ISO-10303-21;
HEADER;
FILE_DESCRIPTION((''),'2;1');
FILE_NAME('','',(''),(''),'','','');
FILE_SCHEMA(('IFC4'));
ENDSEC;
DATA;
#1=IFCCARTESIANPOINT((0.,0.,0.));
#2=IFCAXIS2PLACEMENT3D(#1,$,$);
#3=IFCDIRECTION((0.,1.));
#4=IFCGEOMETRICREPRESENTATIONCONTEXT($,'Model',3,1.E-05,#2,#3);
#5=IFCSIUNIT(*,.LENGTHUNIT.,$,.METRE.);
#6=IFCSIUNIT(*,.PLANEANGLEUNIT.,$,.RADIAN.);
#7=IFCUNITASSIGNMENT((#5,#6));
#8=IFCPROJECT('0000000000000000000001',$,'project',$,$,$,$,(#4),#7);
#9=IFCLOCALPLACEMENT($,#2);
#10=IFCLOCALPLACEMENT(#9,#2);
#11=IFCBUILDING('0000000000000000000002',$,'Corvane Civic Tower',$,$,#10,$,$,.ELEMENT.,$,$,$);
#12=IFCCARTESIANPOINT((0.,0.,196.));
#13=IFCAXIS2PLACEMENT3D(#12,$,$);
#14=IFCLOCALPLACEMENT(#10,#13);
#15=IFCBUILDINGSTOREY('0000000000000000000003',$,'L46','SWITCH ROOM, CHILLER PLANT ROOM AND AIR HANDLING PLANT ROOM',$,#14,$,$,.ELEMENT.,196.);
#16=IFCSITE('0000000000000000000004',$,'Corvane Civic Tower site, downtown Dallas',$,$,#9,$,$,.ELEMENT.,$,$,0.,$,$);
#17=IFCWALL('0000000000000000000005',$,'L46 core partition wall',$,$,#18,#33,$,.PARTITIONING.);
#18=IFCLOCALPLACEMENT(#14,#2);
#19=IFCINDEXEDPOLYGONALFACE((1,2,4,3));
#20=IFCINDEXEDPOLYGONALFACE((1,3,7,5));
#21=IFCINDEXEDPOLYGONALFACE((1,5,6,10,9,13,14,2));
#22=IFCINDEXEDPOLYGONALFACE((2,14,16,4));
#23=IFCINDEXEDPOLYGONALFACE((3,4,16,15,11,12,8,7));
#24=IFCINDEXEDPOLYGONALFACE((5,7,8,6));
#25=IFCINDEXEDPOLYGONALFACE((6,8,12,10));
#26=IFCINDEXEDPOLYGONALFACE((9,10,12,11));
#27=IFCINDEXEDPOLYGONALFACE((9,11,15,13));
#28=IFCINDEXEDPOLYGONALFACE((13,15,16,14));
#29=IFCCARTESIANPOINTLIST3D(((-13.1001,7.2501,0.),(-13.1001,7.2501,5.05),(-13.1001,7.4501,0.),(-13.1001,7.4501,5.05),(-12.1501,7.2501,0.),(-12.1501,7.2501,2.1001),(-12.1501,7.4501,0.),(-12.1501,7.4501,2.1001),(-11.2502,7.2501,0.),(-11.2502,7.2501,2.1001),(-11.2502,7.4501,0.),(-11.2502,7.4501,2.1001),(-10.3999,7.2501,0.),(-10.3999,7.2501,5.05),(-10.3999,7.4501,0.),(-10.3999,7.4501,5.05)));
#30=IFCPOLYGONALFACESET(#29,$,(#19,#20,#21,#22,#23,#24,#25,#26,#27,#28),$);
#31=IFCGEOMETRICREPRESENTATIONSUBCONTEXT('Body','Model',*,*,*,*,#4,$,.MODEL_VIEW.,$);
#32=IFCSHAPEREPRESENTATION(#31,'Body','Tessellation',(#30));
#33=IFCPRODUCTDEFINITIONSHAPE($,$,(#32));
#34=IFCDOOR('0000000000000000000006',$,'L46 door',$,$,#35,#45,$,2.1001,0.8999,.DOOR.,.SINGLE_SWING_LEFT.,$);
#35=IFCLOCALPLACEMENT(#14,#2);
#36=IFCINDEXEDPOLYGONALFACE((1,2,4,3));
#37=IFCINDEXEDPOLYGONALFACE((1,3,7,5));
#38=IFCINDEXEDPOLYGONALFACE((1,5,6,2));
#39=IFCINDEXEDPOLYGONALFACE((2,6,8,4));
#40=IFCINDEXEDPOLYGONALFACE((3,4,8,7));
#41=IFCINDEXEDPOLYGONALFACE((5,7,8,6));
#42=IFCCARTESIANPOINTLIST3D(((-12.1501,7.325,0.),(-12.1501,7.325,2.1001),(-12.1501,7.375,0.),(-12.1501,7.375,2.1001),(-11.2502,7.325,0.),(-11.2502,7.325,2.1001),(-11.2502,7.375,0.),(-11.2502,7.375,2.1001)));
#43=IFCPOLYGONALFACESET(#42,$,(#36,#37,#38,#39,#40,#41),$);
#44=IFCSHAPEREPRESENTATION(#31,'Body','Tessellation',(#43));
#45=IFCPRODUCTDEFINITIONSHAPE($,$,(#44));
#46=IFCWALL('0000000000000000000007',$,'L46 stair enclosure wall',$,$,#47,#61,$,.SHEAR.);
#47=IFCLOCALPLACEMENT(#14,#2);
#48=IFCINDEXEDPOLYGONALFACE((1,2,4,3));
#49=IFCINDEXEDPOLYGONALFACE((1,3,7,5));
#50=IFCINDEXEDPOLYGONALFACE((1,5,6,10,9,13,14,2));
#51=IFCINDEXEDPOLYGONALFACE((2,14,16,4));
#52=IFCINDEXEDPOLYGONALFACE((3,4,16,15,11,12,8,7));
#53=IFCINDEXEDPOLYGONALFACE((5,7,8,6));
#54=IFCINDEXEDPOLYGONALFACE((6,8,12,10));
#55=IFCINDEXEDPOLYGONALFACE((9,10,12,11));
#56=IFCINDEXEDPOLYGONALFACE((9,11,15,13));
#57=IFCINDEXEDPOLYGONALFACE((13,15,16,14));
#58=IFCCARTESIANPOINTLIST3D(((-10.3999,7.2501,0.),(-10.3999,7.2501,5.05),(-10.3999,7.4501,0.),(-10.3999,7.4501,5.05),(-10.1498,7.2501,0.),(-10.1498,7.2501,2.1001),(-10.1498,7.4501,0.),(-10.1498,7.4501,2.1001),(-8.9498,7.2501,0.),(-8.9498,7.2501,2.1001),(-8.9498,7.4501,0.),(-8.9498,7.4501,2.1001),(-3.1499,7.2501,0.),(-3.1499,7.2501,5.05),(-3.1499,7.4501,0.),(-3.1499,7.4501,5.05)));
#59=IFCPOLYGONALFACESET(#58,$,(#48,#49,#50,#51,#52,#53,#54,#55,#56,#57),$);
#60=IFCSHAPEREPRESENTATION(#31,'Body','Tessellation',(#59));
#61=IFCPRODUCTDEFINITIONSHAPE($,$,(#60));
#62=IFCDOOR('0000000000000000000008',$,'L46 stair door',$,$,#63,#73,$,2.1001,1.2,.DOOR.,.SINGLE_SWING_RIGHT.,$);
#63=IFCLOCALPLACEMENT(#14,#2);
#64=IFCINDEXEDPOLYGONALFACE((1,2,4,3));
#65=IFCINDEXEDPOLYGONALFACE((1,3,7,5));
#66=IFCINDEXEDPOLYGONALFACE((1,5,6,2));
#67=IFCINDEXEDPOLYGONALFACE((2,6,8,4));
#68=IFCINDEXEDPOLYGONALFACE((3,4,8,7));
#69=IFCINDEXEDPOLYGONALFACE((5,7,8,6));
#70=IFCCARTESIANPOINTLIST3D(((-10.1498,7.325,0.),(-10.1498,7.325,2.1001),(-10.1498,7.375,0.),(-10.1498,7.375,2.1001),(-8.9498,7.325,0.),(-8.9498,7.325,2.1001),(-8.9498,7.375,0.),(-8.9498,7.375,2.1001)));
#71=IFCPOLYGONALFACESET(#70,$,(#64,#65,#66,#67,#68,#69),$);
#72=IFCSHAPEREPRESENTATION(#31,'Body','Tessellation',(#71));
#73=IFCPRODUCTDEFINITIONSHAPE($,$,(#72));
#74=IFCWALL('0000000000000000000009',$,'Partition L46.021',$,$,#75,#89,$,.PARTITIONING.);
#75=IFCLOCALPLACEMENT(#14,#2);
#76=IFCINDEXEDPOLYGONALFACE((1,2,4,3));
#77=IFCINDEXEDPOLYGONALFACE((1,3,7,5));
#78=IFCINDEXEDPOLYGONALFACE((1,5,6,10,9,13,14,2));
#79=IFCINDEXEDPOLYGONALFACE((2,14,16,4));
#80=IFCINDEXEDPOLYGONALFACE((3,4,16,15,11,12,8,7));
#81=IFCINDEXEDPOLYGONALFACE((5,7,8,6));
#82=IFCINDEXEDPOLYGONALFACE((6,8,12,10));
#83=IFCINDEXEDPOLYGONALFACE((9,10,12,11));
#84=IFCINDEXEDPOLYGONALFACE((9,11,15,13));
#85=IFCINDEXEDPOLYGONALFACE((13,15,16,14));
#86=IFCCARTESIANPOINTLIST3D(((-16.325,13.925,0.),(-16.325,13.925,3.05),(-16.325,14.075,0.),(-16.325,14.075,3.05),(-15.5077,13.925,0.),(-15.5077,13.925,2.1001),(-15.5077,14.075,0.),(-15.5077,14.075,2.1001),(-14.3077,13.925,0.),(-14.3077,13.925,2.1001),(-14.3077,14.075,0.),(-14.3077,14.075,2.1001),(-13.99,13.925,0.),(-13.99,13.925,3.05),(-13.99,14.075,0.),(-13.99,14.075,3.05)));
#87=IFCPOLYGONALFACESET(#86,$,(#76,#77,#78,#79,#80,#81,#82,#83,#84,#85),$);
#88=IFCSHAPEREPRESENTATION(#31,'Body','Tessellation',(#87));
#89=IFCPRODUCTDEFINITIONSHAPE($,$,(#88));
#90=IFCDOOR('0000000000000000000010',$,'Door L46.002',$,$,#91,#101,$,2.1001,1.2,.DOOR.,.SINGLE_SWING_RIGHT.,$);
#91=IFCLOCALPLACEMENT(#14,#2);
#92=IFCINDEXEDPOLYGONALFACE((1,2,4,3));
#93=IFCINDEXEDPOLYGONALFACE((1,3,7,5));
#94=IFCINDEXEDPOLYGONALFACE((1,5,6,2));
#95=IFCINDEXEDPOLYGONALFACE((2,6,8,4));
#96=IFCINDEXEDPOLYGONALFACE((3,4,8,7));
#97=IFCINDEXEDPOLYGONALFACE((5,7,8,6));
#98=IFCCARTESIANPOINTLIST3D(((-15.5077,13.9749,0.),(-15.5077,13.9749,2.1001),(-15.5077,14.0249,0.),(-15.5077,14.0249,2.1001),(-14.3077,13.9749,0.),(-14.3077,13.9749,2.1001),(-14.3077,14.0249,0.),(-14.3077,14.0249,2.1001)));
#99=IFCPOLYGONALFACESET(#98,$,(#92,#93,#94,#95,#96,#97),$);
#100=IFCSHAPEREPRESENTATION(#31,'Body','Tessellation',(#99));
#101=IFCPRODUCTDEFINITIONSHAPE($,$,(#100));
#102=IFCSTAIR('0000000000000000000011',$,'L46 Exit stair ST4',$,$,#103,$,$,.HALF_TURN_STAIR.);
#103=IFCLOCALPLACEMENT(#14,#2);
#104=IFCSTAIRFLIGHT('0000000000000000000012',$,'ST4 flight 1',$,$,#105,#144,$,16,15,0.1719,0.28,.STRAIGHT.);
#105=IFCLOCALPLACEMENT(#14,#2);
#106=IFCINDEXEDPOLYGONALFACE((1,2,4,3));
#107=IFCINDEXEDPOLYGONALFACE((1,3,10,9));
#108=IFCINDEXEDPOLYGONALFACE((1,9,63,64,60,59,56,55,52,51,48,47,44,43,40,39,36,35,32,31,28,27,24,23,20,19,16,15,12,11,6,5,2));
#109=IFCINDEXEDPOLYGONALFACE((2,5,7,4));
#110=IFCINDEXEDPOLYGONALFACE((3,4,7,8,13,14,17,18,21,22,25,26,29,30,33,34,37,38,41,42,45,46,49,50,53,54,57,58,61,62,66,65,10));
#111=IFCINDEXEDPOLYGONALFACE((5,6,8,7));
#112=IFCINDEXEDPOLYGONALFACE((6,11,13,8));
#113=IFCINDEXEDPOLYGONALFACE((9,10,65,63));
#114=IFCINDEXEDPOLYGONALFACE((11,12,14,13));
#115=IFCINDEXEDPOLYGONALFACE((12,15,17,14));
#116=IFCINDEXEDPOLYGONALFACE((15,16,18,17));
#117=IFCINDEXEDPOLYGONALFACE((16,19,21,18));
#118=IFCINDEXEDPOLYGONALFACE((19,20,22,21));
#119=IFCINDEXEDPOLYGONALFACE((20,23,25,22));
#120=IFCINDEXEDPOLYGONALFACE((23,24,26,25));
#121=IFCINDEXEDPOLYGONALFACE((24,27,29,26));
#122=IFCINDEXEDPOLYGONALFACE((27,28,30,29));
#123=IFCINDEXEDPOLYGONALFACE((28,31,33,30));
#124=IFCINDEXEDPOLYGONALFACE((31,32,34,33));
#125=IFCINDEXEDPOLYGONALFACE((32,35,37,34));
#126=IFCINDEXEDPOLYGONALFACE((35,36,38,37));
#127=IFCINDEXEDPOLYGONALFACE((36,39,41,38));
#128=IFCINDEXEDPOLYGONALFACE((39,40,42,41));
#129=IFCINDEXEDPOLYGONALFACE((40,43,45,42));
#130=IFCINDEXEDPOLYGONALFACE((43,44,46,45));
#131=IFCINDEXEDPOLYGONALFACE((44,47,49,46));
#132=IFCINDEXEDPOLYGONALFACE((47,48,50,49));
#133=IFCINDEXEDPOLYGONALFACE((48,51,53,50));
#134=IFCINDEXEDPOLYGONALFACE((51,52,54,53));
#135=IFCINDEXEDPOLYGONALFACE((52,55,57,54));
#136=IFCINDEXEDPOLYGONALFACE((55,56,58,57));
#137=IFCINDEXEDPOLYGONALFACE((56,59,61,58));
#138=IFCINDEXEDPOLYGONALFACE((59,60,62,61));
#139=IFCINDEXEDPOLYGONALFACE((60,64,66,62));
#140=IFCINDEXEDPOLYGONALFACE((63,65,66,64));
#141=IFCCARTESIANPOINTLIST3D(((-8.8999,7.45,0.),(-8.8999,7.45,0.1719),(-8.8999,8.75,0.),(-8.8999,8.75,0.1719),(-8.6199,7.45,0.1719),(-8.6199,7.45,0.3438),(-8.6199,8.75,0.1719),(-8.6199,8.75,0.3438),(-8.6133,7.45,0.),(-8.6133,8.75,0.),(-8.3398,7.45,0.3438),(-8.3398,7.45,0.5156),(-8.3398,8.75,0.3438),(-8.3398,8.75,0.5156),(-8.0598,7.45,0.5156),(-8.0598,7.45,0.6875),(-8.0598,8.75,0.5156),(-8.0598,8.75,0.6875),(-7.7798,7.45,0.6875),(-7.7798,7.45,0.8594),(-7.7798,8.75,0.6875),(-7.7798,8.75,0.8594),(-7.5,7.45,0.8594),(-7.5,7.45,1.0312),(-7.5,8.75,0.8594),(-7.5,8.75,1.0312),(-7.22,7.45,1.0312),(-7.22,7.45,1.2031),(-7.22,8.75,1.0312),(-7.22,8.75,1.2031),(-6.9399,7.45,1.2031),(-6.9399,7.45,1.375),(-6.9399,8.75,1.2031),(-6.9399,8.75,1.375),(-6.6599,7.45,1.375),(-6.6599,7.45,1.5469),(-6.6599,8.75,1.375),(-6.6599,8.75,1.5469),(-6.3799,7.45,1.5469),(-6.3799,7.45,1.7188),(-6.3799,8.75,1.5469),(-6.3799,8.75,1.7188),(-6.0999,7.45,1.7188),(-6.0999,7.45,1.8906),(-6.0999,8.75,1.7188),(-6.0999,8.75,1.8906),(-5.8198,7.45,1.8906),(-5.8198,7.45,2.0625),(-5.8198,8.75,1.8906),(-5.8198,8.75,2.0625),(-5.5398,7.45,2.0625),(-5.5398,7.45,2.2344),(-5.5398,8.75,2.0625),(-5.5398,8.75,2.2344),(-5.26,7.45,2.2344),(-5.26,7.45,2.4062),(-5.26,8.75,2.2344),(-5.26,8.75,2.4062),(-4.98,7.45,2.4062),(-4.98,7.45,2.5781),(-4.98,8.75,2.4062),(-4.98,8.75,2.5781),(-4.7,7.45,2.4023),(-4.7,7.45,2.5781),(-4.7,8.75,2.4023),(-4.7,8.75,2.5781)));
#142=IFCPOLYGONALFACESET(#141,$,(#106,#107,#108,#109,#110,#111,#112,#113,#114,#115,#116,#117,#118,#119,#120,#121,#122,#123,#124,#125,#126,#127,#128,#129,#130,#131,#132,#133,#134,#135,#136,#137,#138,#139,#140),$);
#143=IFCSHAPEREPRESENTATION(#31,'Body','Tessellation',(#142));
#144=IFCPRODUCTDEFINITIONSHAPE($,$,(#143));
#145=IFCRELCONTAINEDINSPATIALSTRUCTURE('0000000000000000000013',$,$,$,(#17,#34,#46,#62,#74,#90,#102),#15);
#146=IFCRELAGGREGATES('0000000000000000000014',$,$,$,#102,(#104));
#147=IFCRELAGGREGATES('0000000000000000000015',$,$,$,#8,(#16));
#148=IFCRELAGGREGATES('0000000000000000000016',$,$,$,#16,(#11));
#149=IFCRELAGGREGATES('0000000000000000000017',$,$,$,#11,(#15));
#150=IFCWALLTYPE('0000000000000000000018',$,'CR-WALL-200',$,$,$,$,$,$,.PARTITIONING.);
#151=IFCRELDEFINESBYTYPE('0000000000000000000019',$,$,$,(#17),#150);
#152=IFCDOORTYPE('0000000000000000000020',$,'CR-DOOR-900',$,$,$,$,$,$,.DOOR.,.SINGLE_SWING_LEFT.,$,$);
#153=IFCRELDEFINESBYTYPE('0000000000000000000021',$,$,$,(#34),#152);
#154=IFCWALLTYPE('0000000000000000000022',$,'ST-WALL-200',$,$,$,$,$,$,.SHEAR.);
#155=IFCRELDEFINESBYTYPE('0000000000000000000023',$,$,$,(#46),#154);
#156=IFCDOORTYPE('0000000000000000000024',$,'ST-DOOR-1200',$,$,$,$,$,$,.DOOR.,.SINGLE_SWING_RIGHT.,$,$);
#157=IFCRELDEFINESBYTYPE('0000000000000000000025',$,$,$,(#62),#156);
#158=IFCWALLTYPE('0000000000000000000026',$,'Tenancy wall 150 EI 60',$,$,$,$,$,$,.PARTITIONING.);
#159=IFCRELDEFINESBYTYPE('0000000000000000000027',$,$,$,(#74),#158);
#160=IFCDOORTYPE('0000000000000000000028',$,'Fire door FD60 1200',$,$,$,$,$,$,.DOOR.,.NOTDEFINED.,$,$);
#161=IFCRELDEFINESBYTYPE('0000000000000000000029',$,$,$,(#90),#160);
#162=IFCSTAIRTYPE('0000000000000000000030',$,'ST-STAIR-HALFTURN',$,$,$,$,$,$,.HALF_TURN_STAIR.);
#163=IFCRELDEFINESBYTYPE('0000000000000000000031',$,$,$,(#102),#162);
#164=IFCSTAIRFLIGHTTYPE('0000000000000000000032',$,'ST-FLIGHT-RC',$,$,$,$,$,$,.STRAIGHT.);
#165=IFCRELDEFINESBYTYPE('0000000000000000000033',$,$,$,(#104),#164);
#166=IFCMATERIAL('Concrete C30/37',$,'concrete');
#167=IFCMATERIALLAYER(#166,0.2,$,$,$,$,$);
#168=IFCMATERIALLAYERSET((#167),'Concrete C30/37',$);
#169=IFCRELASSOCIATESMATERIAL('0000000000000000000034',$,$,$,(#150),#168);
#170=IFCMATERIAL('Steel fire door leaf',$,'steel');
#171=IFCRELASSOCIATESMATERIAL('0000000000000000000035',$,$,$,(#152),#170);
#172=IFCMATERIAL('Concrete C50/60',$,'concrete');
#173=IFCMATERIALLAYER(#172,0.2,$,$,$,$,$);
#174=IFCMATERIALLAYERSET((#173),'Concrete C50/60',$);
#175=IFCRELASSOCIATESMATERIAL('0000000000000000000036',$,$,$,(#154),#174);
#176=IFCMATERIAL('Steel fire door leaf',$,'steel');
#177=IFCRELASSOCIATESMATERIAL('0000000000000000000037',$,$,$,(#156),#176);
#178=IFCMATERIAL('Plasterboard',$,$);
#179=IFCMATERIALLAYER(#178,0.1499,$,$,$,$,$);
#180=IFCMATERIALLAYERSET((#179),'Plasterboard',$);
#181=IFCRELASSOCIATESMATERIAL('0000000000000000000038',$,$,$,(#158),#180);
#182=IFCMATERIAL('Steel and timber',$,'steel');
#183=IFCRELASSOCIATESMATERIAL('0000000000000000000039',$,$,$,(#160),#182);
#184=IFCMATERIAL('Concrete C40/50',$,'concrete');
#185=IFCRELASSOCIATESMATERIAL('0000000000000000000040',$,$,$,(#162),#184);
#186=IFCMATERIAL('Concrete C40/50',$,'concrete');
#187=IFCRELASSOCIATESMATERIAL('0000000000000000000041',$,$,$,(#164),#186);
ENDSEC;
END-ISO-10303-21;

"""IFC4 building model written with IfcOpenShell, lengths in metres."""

from ifc_helpers import new_model, si_unit, direction, frame, frame_2d, origin, place, context, subcontext, project, spatial, polyline, rectangle, outline, extrude, material, layer, layer_set, type_object, element, fill, aggregate, save


model = new_model("IFC4")

# Units and contexts
model_context = context("Model", 3, precision=1e-05, world=origin(), true_north=direction((0.0, 1.0)))
body_context = subcontext(model_context, "Body", "Model", "MODEL_VIEW")
ifc_project = project(units=[si_unit("LENGTHUNIT", "METRE"), si_unit("PLANEANGLEUNIT", "RADIAN")], contexts=[model_context])

# Site, building, storey
site_placement = place(None, origin())
site = spatial("IfcSite", under=ifc_project, at=site_placement, Name="Corvane Civic Tower site, downtown Dallas", CompositionType="ELEMENT", RefElevation=0.0)
building_placement = place(site_placement, origin())
building = spatial("IfcBuilding", under=site, at=building_placement, Name="Corvane Civic Tower", CompositionType="ELEMENT")
storey_placement = place(building_placement, frame((0.0, 0.0, 196.0)))
storey = spatial("IfcBuildingStorey", under=building, at=storey_placement, Name="L46", Description="SWITCH ROOM, CHILLER PLANT ROOM AND AIR HANDLING PLANT ROOM", CompositionType="ELEMENT", Elevation=196.0)

# Shared definitions
ifc_material_1 = material(Name="Concrete C30/37", Category="concrete")
ifc_layer_1 = layer(ifc_material_1, 0.2)
ifc_layer_set_1 = layer_set([ifc_layer_1], Name="Concrete C30/37")
wall_type_1 = type_object("IfcWallType", Name="CR-WALL-200", PredefinedType="PARTITIONING", material=ifc_layer_set_1)
ifc_material_2 = material(Name="Steel fire door leaf", Category="steel")
door_type_1 = type_object("IfcDoorType", Name="CR-DOOR-900", OperationType="SINGLE_SWING_LEFT", PredefinedType="DOOR", material=ifc_material_2)

# Walls, openings, doors
wall_1_placement = place(storey_placement, frame((-13.1001, 7.3501, 0.0), z_axis=(0.0, 0.0, 1.0), x_axis=(1.0, 0.0, 0.0)))
wall_1 = element("IfcWall", 1, at=wall_1_placement, inside=storey, type_object=wall_type_1, Name="L46 core partition wall", PredefinedType="PARTITIONING", context=body_context, shape_type="SweptSolid", body=[
    extrude(rectangle(XDim=2.7002, YDim=0.2, at=frame_2d((1.3501, 0.0))), origin(), (0.0, 0.0, 1.0), 5.05),
])
opening_1_placement = place(wall_1_placement, frame((0.95, 0.0, 0.0)))
opening_1 = element("IfcOpeningElement", 2, at=opening_1_placement, cuts=wall_1, PredefinedType="OPENING", context=body_context, shape_type="SweptSolid", body=[
    extrude(rectangle(XDim=0.8999, YDim=2.1001, at=frame_2d((0.45, 1.05))), frame((0.0, 0.1099, 0.0), z_axis=(0.0, -1.0, 0.0), x_axis=(1.0, 0.0, 0.0)), (0.0, 0.0, 1.0), 0.22),
])
door_1_placement = place(opening_1_placement, origin())
door_1 = element("IfcDoor", 3, at=door_1_placement, inside=storey, type_object=door_type_1, Name="L46 door", OperationType="SINGLE_SWING_LEFT", OverallHeight=2.1001, OverallWidth=0.8999, PredefinedType="DOOR", context=body_context, shape_type="SweptSolid", body=[
    extrude(rectangle(XDim=0.8999, YDim=2.1001, at=frame_2d((0.45, 1.05))), frame((0.0, 0.0249, 0.0), z_axis=(0.0, -1.0, 0.0), x_axis=(1.0, 0.0, 0.0)), (0.0, 0.0, 1.0), 0.05),
])
fill(opening_1, door_1)
ifc_material_3 = material(Name="Concrete C50/60", Category="concrete")
ifc_layer_2 = layer(ifc_material_3, 0.2)
ifc_layer_set_2 = layer_set([ifc_layer_2], Name="Concrete C50/60")
wall_type_2 = type_object("IfcWallType", Name="ST-WALL-200", PredefinedType="SHEAR", material=ifc_layer_set_2)
wall_2_placement = place(storey_placement, frame((-10.3999, 7.3501, 0.0), z_axis=(0.0, 0.0, 1.0), x_axis=(1.0, 0.0, 0.0)))
wall_2 = element("IfcWall", 4, at=wall_2_placement, inside=storey, type_object=wall_type_2, Name="L46 stair enclosure wall", PredefinedType="SHEAR", context=body_context, shape_type="SweptSolid", body=[
    extrude(rectangle(XDim=7.25, YDim=0.2, at=frame_2d((3.625, 0.0))), origin(), (0.0, 0.0, 1.0), 5.05),
])
opening_2_placement = place(wall_2_placement, frame((0.25, 0.0, 0.0)))
opening_2 = element("IfcOpeningElement", 5, at=opening_2_placement, cuts=wall_2, PredefinedType="OPENING", context=body_context, shape_type="SweptSolid", body=[
    extrude(rectangle(XDim=1.2, YDim=2.1001, at=frame_2d((0.6001, 1.05))), frame((0.0, 0.1099, 0.0), z_axis=(0.0, -1.0, 0.0), x_axis=(1.0, 0.0, 0.0)), (0.0, 0.0, 1.0), 0.22),
])
ifc_material_4 = material(Name="Steel fire door leaf", Category="steel")
door_type_2 = type_object("IfcDoorType", Name="ST-DOOR-1200", OperationType="SINGLE_SWING_RIGHT", PredefinedType="DOOR", material=ifc_material_4)
door_2_placement = place(opening_2_placement, origin())
door_2 = element("IfcDoor", 6, at=door_2_placement, inside=storey, type_object=door_type_2, Name="L46 stair door", OperationType="SINGLE_SWING_RIGHT", OverallHeight=2.1001, OverallWidth=1.2, PredefinedType="DOOR", context=body_context, shape_type="SweptSolid", body=[
    extrude(rectangle(XDim=1.2, YDim=2.1001, at=frame_2d((0.6001, 1.05))), frame((0.0, 0.0249, 0.0), z_axis=(0.0, -1.0, 0.0), x_axis=(1.0, 0.0, 0.0)), (0.0, 0.0, 1.0), 0.05),
])
fill(opening_2, door_2)
ifc_material_5 = material(Name="Plasterboard")
ifc_layer_3 = layer(ifc_material_5, 0.1499)
ifc_layer_set_3 = layer_set([ifc_layer_3], Name="Plasterboard")
wall_type_3 = type_object("IfcWallType", Name="Tenancy wall 150 EI 60", PredefinedType="PARTITIONING", material=ifc_layer_set_3)
wall_3_placement = place(storey_placement, frame((-16.325, 14.0, 0.0), z_axis=(0.0, 0.0, 1.0), x_axis=(1.0, 0.0, 0.0)))
wall_3 = element("IfcWall", 7, at=wall_3_placement, inside=storey, type_object=wall_type_3, Name="Partition L46.021", PredefinedType="PARTITIONING", context=body_context, shape_type="SweptSolid", body=[
    extrude(rectangle(XDim=2.335, YDim=0.1499, at=frame_2d((1.1675, 0.0))), origin(), (0.0, 0.0, 1.0), 3.05),
])
opening_3_placement = place(wall_3_placement, frame((0.8171, 0.0, 0.0)))
opening_3 = element("IfcOpeningElement", 8, at=opening_3_placement, cuts=wall_3, PredefinedType="OPENING", context=body_context, shape_type="SweptSolid", body=[
    extrude(rectangle(XDim=1.2, YDim=2.1001, at=frame_2d((0.6001, 1.05))), frame((0.0, 0.085, 0.0), z_axis=(0.0, -1.0, 0.0), x_axis=(1.0, 0.0, 0.0)), (0.0, 0.0, 1.0), 0.1699),
])
ifc_material_6 = material(Name="Steel and timber", Category="steel")
door_type_3 = type_object("IfcDoorType", Name="Fire door FD60 1200", OperationType="NOTDEFINED", PredefinedType="DOOR", material=ifc_material_6)
door_3_placement = place(opening_3_placement, origin())
door_3 = element("IfcDoor", 9, at=door_3_placement, inside=storey, type_object=door_type_3, Name="Door L46.002", OperationType="SINGLE_SWING_RIGHT", OverallHeight=2.1001, OverallWidth=1.2, PredefinedType="DOOR", context=body_context, shape_type="SweptSolid", body=[
    extrude(rectangle(XDim=1.2, YDim=2.1001, at=frame_2d((0.6001, 1.05))), frame((0.0, 0.0249, 0.0), z_axis=(0.0, -1.0, 0.0), x_axis=(1.0, 0.0, 0.0)), (0.0, 0.0, 1.0), 0.05),
])
fill(opening_3, door_3)

# Stair, stair flight
ifc_material_7 = material(Name="Concrete C40/50", Category="concrete")
stair_type = type_object("IfcStairType", Name="ST-STAIR-HALFTURN", PredefinedType="HALF_TURN_STAIR", material=ifc_material_7)
stair_placement = place(storey_placement, origin())
stair = element("IfcStair", 10, at=stair_placement, inside=storey, type_object=stair_type, Name="L46 Exit stair ST4", PredefinedType="HALF_TURN_STAIR")
ifc_material_8 = material(Name="Concrete C40/50", Category="concrete")
stair_flight_type = type_object("IfcStairFlightType", Name="ST-FLIGHT-RC", PredefinedType="STRAIGHT", material=ifc_material_8)
stair_flight_1_placement = place(storey_placement, frame((-8.8999, 8.1001, 0.0), z_axis=(0.0, 0.0, 1.0), x_axis=(1.0, 0.0, 0.0)))
stair_flight_1 = element("IfcStairFlight", 11, at=stair_flight_1_placement, type_object=stair_flight_type, Name="ST4 flight 1", NumberOfRisers=16, NumberOfTreads=15, PredefinedType="STRAIGHT", RiserHeight=0.1719, TreadLength=0.28, context=body_context, shape_type="SweptSolid", body=[
    extrude(outline(polyline([(0.0, 0.0), (0.0, 0.1719), (0.28, 0.1719), (0.28, 0.3438), (0.5601, 0.3438), (0.5601, 0.5156), (0.8401, 0.5156), (0.8401, 0.6875), (1.1201, 0.6875), (1.1201, 0.8594), (1.3999, 0.8594), (1.3999, 1.0312), (1.6799, 1.0312), (1.6799, 1.2031), (1.96, 1.2031), (1.96, 1.375), (2.24, 1.375), (2.24, 1.5469), (2.52, 1.5469), (2.52, 1.7188), (2.8, 1.7188), (2.8, 1.8906), (3.0801, 1.8906), (3.0801, 2.0625), (3.3601, 2.0625), (3.3601, 2.2344), (3.6399, 2.2344), (3.6399, 2.4062), (3.9199, 2.4062), (3.9199, 2.5781), (4.2, 2.5781), (4.2, 2.75), (4.2, 2.4023), (0.2866, 0.0), (0.0, 0.0)])), frame((0.0, 0.6499, 0.0), z_axis=(0.0, -1.0, 0.0), x_axis=(1.0, 0.0, 0.0)), (0.0, 0.0, 1.0), 1.3),
])
aggregate(stair, [stair_flight_1])

save(model, "model.ifc")
